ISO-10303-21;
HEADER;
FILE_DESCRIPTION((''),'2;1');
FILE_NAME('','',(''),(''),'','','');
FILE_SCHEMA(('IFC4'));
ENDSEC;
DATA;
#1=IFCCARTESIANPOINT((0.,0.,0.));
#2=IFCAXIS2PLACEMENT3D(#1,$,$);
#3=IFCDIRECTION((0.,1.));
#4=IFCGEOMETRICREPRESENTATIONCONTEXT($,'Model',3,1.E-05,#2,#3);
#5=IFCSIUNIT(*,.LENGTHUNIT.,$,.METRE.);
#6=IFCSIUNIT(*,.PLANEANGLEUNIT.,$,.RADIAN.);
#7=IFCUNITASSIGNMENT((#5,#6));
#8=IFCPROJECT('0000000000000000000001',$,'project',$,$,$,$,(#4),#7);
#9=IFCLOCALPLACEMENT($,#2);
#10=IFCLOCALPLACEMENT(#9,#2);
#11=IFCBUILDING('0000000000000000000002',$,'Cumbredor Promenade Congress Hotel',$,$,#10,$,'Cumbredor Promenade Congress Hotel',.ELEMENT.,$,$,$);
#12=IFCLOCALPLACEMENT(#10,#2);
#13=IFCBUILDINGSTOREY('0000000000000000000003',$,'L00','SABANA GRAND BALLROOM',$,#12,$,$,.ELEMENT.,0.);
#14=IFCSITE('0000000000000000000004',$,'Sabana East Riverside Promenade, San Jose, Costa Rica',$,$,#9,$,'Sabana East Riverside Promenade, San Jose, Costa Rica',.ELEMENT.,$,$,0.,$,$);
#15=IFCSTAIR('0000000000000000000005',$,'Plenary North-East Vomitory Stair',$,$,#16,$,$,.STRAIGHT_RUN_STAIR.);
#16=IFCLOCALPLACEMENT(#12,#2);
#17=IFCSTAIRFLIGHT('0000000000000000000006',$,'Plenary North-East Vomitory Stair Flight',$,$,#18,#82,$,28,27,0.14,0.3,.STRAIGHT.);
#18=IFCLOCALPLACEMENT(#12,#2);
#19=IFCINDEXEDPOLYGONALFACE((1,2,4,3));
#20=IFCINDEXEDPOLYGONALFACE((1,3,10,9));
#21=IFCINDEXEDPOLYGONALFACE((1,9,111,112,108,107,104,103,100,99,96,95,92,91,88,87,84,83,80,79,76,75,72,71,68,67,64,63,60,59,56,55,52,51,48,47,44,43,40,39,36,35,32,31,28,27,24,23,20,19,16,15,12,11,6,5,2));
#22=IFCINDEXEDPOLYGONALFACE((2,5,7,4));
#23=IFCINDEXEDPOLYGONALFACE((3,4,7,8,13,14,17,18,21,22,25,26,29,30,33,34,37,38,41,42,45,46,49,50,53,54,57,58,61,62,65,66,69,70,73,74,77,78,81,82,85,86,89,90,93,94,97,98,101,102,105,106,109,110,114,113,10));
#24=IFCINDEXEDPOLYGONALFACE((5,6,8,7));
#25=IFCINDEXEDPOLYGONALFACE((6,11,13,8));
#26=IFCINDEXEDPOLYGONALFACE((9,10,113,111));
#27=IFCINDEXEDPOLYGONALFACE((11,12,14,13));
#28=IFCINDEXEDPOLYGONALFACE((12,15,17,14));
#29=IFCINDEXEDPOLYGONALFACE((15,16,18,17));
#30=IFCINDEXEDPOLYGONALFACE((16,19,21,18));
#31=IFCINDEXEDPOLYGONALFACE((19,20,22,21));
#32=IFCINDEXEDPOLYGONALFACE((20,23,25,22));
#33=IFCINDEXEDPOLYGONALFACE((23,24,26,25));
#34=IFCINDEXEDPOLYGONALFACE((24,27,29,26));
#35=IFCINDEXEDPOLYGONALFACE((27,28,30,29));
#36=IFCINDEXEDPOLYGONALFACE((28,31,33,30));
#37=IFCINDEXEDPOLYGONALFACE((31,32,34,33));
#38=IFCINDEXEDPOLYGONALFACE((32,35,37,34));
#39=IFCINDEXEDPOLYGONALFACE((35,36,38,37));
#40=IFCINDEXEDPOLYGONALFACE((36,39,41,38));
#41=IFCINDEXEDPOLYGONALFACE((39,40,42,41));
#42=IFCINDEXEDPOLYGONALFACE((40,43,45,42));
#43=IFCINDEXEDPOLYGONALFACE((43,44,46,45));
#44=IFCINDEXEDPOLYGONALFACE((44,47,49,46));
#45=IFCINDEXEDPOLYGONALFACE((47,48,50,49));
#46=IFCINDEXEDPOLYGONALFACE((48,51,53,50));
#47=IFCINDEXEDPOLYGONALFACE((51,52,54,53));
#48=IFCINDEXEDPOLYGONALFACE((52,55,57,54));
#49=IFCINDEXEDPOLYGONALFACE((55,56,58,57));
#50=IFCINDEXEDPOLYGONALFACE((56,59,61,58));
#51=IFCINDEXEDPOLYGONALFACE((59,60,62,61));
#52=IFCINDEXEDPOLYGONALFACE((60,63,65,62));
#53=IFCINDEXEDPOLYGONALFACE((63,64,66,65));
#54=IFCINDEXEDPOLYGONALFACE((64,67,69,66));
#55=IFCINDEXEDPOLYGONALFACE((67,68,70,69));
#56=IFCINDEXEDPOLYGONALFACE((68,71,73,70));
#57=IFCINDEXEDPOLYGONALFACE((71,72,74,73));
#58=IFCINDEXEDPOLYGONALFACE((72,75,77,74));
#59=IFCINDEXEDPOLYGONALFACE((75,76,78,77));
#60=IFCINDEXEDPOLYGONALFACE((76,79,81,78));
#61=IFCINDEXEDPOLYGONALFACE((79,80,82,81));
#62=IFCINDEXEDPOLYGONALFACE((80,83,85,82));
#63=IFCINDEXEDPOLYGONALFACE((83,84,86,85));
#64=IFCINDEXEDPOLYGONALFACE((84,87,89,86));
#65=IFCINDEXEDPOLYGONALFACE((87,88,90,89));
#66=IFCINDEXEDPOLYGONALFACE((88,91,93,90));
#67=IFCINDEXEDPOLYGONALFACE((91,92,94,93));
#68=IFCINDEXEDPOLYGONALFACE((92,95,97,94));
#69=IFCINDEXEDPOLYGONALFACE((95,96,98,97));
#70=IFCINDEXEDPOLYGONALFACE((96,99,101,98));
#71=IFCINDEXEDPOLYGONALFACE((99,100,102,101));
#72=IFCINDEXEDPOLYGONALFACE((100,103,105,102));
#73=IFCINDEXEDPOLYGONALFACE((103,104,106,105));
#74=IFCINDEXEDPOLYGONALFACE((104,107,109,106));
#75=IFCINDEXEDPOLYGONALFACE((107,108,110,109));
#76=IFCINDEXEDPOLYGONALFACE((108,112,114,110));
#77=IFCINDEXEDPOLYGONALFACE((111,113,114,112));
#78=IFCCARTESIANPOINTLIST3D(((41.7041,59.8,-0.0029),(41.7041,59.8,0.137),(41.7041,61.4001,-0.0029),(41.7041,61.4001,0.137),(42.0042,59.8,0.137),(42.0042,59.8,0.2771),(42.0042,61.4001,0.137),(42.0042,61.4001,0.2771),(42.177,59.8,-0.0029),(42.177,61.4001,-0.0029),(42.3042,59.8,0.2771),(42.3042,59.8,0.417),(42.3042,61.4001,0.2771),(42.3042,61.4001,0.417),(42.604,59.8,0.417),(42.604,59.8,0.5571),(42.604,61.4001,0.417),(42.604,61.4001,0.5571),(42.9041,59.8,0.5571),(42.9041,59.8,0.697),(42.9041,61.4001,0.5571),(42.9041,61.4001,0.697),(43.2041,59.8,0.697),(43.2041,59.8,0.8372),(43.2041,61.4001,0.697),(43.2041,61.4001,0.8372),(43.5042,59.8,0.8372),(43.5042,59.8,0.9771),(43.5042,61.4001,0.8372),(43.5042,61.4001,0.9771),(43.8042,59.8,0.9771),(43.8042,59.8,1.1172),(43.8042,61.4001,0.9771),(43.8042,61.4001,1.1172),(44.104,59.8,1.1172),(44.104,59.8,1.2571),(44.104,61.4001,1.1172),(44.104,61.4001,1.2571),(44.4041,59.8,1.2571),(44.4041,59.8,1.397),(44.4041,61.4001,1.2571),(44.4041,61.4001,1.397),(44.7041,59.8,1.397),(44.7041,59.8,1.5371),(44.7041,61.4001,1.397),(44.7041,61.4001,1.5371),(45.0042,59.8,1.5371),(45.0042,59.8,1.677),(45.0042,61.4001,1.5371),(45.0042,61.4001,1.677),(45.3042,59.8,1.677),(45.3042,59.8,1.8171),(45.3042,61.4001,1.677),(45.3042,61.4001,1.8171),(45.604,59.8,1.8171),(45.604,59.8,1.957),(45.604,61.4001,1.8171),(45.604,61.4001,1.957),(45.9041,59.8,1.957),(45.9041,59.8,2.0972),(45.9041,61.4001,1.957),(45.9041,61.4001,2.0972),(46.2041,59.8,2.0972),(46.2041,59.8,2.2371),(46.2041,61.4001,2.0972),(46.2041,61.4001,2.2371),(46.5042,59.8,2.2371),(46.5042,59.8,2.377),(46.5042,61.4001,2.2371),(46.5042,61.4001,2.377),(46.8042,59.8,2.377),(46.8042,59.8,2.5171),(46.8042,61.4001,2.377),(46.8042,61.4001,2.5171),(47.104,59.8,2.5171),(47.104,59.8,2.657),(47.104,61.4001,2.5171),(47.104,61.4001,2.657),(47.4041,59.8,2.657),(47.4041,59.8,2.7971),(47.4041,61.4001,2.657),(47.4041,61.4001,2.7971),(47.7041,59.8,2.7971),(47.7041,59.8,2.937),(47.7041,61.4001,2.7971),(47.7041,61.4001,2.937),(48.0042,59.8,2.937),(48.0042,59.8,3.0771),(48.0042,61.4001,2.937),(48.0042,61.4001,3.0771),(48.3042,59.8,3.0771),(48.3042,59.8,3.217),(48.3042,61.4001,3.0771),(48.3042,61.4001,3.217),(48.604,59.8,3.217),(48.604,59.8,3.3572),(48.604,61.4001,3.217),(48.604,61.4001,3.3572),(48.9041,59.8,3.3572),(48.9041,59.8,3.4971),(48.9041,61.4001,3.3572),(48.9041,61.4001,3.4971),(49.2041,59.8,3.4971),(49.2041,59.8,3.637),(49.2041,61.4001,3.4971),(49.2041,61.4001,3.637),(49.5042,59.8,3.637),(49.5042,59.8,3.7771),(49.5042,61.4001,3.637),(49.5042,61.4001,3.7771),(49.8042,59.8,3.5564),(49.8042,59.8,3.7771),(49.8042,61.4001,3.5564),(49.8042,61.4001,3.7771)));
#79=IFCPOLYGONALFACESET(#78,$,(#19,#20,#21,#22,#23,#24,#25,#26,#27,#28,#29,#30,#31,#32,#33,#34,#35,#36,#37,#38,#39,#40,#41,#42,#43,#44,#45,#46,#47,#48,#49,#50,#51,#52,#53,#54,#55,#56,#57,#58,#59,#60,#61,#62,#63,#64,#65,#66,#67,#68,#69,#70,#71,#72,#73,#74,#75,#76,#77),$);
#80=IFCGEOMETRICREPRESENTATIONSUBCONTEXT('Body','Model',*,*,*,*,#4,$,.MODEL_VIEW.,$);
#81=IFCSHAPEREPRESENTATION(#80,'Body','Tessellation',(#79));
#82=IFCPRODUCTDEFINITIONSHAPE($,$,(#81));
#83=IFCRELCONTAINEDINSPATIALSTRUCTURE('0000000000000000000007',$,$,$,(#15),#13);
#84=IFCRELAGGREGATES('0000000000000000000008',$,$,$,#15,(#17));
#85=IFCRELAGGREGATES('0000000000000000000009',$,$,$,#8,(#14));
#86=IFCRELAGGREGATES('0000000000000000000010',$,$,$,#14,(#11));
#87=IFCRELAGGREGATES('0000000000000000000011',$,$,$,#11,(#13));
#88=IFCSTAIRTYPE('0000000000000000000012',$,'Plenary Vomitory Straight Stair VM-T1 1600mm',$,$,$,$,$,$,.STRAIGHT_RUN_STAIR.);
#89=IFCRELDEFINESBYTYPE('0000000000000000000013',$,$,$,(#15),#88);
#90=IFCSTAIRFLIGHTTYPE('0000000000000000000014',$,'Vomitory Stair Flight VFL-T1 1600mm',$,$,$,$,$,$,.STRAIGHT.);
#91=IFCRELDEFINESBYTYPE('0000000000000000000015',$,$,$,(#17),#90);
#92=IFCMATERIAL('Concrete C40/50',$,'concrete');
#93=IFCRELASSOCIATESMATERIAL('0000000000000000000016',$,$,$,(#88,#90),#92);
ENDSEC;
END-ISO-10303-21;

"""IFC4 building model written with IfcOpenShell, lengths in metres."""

from ifc_helpers import new_model, si_unit, direction, frame, origin, place, context, subcontext, project, spatial, polyline, outline, extrude, material, type_object, element, aggregate, save


model = new_model("IFC4")

# Units and contexts
model_context = context("Model", 3, precision=1e-05, world=origin(), true_north=direction((0.0, 1.0)))
body_context = subcontext(model_context, "Body", "Model", "MODEL_VIEW")
ifc_project = project(units=[si_unit("LENGTHUNIT", "METRE"), si_unit("PLANEANGLEUNIT", "RADIAN")], contexts=[model_context])

# Site, building, storey
site_placement = place(None, origin())
site = spatial("IfcSite", under=ifc_project, at=site_placement, Name="Sabana East Riverside Promenade, San Jose, Costa Rica", LongName="Sabana East Riverside Promenade, San Jose, Costa Rica", CompositionType="ELEMENT", RefElevation=0.0)
building_placement = place(site_placement, origin())
building = spatial("IfcBuilding", under=site, at=building_placement, Name="Cumbredor Promenade Congress Hotel", LongName="Cumbredor Promenade Congress Hotel", CompositionType="ELEMENT")
storey_placement = place(building_placement, origin())
storey = spatial("IfcBuildingStorey", under=building, at=storey_placement, Name="L00", Description="SABANA GRAND BALLROOM", CompositionType="ELEMENT", Elevation=0.0)

# Shared definitions
ifc_material_1 = material(Name="Concrete C40/50", Category="concrete")

# Stair, stair flight
stair_type = type_object("IfcStairType", Name="Plenary Vomitory Straight Stair VM-T1 1600mm", PredefinedType="STRAIGHT_RUN_STAIR", material=ifc_material_1)
stair_flight_type = type_object("IfcStairFlightType", Name="Vomitory Stair Flight VFL-T1 1600mm", PredefinedType="STRAIGHT", material=ifc_material_1)
stair_1_placement = place(storey_placement, origin())
stair_1 = element("IfcStair", 1, at=stair_1_placement, inside=storey, type_object=stair_type, Name="Plenary North-East Vomitory Stair", PredefinedType="STRAIGHT_RUN_STAIR")
stair_flight_1_placement = place(storey_placement, frame((41.7041, 60.6001, -0.0029), z_axis=(0.0, 0.0, 1.0), x_axis=(1.0, 0.0, 0.0)))
stair_flight_1 = element("IfcStairFlight", 2, at=stair_flight_1_placement, type_object=stair_flight_type, Name="Plenary North-East Vomitory Stair Flight", NumberOfRisers=28, NumberOfTreads=27, PredefinedType="STRAIGHT", RiserHeight=0.14, TreadLength=0.3, context=body_context, shape_type="SweptSolid", body=[
    extrude(outline(polyline([(0.0, 0.0), (0.0, 0.1399), (0.3, 0.1399), (0.3, 0.28), (0.6001, 0.28), (0.6001, 0.4199), (0.8999, 0.4199), (0.8999, 0.5601), (1.2, 0.5601), (1.2, 0.7), (1.5, 0.7), (1.5, 0.8401), (1.8, 0.8401), (1.8, 0.98), (2.1001, 0.98), (2.1001, 1.1201), (2.3999, 1.1201), (2.3999, 1.26), (2.7, 1.26), (2.7, 1.3999), (3.0, 1.3999), (3.0, 1.54), (3.3, 1.54), (3.3, 1.6799), (3.6001, 1.6799), (3.6001, 1.8201), (3.8999, 1.8201), (3.8999, 1.96), (4.2, 1.96), (4.2, 2.1001), (4.5, 2.1001), (4.5, 2.24), (4.8, 2.24), (4.8, 2.3799), (5.1001, 2.3799), (5.1001, 2.52), (5.3999, 2.52), (5.3999, 2.6599), (5.7, 2.6599), (5.7, 2.8), (6.0, 2.8), (6.0, 2.9399), (6.3, 2.9399), (6.3, 3.0801), (6.6001, 3.0801), (6.6001, 3.22), (6.8999, 3.22), (6.8999, 3.3601), (7.2, 3.3601), (7.2, 3.5), (7.5, 3.5), (7.5, 3.6399), (7.8, 3.6399), (7.8, 3.78), (8.1001, 3.78), (8.1001, 3.9199), (8.1001, 3.5593), (0.4729, 0.0), (0.0, 0.0)])), frame((0.0, 0.8, 0.0), z_axis=(0.0, -1.0, 0.0), x_axis=(1.0, 0.0, 0.0)), (0.0, 0.0, 1.0), 1.6001),
])
aggregate(stair_1, [stair_flight_1])

save(model, "model.ifc")
